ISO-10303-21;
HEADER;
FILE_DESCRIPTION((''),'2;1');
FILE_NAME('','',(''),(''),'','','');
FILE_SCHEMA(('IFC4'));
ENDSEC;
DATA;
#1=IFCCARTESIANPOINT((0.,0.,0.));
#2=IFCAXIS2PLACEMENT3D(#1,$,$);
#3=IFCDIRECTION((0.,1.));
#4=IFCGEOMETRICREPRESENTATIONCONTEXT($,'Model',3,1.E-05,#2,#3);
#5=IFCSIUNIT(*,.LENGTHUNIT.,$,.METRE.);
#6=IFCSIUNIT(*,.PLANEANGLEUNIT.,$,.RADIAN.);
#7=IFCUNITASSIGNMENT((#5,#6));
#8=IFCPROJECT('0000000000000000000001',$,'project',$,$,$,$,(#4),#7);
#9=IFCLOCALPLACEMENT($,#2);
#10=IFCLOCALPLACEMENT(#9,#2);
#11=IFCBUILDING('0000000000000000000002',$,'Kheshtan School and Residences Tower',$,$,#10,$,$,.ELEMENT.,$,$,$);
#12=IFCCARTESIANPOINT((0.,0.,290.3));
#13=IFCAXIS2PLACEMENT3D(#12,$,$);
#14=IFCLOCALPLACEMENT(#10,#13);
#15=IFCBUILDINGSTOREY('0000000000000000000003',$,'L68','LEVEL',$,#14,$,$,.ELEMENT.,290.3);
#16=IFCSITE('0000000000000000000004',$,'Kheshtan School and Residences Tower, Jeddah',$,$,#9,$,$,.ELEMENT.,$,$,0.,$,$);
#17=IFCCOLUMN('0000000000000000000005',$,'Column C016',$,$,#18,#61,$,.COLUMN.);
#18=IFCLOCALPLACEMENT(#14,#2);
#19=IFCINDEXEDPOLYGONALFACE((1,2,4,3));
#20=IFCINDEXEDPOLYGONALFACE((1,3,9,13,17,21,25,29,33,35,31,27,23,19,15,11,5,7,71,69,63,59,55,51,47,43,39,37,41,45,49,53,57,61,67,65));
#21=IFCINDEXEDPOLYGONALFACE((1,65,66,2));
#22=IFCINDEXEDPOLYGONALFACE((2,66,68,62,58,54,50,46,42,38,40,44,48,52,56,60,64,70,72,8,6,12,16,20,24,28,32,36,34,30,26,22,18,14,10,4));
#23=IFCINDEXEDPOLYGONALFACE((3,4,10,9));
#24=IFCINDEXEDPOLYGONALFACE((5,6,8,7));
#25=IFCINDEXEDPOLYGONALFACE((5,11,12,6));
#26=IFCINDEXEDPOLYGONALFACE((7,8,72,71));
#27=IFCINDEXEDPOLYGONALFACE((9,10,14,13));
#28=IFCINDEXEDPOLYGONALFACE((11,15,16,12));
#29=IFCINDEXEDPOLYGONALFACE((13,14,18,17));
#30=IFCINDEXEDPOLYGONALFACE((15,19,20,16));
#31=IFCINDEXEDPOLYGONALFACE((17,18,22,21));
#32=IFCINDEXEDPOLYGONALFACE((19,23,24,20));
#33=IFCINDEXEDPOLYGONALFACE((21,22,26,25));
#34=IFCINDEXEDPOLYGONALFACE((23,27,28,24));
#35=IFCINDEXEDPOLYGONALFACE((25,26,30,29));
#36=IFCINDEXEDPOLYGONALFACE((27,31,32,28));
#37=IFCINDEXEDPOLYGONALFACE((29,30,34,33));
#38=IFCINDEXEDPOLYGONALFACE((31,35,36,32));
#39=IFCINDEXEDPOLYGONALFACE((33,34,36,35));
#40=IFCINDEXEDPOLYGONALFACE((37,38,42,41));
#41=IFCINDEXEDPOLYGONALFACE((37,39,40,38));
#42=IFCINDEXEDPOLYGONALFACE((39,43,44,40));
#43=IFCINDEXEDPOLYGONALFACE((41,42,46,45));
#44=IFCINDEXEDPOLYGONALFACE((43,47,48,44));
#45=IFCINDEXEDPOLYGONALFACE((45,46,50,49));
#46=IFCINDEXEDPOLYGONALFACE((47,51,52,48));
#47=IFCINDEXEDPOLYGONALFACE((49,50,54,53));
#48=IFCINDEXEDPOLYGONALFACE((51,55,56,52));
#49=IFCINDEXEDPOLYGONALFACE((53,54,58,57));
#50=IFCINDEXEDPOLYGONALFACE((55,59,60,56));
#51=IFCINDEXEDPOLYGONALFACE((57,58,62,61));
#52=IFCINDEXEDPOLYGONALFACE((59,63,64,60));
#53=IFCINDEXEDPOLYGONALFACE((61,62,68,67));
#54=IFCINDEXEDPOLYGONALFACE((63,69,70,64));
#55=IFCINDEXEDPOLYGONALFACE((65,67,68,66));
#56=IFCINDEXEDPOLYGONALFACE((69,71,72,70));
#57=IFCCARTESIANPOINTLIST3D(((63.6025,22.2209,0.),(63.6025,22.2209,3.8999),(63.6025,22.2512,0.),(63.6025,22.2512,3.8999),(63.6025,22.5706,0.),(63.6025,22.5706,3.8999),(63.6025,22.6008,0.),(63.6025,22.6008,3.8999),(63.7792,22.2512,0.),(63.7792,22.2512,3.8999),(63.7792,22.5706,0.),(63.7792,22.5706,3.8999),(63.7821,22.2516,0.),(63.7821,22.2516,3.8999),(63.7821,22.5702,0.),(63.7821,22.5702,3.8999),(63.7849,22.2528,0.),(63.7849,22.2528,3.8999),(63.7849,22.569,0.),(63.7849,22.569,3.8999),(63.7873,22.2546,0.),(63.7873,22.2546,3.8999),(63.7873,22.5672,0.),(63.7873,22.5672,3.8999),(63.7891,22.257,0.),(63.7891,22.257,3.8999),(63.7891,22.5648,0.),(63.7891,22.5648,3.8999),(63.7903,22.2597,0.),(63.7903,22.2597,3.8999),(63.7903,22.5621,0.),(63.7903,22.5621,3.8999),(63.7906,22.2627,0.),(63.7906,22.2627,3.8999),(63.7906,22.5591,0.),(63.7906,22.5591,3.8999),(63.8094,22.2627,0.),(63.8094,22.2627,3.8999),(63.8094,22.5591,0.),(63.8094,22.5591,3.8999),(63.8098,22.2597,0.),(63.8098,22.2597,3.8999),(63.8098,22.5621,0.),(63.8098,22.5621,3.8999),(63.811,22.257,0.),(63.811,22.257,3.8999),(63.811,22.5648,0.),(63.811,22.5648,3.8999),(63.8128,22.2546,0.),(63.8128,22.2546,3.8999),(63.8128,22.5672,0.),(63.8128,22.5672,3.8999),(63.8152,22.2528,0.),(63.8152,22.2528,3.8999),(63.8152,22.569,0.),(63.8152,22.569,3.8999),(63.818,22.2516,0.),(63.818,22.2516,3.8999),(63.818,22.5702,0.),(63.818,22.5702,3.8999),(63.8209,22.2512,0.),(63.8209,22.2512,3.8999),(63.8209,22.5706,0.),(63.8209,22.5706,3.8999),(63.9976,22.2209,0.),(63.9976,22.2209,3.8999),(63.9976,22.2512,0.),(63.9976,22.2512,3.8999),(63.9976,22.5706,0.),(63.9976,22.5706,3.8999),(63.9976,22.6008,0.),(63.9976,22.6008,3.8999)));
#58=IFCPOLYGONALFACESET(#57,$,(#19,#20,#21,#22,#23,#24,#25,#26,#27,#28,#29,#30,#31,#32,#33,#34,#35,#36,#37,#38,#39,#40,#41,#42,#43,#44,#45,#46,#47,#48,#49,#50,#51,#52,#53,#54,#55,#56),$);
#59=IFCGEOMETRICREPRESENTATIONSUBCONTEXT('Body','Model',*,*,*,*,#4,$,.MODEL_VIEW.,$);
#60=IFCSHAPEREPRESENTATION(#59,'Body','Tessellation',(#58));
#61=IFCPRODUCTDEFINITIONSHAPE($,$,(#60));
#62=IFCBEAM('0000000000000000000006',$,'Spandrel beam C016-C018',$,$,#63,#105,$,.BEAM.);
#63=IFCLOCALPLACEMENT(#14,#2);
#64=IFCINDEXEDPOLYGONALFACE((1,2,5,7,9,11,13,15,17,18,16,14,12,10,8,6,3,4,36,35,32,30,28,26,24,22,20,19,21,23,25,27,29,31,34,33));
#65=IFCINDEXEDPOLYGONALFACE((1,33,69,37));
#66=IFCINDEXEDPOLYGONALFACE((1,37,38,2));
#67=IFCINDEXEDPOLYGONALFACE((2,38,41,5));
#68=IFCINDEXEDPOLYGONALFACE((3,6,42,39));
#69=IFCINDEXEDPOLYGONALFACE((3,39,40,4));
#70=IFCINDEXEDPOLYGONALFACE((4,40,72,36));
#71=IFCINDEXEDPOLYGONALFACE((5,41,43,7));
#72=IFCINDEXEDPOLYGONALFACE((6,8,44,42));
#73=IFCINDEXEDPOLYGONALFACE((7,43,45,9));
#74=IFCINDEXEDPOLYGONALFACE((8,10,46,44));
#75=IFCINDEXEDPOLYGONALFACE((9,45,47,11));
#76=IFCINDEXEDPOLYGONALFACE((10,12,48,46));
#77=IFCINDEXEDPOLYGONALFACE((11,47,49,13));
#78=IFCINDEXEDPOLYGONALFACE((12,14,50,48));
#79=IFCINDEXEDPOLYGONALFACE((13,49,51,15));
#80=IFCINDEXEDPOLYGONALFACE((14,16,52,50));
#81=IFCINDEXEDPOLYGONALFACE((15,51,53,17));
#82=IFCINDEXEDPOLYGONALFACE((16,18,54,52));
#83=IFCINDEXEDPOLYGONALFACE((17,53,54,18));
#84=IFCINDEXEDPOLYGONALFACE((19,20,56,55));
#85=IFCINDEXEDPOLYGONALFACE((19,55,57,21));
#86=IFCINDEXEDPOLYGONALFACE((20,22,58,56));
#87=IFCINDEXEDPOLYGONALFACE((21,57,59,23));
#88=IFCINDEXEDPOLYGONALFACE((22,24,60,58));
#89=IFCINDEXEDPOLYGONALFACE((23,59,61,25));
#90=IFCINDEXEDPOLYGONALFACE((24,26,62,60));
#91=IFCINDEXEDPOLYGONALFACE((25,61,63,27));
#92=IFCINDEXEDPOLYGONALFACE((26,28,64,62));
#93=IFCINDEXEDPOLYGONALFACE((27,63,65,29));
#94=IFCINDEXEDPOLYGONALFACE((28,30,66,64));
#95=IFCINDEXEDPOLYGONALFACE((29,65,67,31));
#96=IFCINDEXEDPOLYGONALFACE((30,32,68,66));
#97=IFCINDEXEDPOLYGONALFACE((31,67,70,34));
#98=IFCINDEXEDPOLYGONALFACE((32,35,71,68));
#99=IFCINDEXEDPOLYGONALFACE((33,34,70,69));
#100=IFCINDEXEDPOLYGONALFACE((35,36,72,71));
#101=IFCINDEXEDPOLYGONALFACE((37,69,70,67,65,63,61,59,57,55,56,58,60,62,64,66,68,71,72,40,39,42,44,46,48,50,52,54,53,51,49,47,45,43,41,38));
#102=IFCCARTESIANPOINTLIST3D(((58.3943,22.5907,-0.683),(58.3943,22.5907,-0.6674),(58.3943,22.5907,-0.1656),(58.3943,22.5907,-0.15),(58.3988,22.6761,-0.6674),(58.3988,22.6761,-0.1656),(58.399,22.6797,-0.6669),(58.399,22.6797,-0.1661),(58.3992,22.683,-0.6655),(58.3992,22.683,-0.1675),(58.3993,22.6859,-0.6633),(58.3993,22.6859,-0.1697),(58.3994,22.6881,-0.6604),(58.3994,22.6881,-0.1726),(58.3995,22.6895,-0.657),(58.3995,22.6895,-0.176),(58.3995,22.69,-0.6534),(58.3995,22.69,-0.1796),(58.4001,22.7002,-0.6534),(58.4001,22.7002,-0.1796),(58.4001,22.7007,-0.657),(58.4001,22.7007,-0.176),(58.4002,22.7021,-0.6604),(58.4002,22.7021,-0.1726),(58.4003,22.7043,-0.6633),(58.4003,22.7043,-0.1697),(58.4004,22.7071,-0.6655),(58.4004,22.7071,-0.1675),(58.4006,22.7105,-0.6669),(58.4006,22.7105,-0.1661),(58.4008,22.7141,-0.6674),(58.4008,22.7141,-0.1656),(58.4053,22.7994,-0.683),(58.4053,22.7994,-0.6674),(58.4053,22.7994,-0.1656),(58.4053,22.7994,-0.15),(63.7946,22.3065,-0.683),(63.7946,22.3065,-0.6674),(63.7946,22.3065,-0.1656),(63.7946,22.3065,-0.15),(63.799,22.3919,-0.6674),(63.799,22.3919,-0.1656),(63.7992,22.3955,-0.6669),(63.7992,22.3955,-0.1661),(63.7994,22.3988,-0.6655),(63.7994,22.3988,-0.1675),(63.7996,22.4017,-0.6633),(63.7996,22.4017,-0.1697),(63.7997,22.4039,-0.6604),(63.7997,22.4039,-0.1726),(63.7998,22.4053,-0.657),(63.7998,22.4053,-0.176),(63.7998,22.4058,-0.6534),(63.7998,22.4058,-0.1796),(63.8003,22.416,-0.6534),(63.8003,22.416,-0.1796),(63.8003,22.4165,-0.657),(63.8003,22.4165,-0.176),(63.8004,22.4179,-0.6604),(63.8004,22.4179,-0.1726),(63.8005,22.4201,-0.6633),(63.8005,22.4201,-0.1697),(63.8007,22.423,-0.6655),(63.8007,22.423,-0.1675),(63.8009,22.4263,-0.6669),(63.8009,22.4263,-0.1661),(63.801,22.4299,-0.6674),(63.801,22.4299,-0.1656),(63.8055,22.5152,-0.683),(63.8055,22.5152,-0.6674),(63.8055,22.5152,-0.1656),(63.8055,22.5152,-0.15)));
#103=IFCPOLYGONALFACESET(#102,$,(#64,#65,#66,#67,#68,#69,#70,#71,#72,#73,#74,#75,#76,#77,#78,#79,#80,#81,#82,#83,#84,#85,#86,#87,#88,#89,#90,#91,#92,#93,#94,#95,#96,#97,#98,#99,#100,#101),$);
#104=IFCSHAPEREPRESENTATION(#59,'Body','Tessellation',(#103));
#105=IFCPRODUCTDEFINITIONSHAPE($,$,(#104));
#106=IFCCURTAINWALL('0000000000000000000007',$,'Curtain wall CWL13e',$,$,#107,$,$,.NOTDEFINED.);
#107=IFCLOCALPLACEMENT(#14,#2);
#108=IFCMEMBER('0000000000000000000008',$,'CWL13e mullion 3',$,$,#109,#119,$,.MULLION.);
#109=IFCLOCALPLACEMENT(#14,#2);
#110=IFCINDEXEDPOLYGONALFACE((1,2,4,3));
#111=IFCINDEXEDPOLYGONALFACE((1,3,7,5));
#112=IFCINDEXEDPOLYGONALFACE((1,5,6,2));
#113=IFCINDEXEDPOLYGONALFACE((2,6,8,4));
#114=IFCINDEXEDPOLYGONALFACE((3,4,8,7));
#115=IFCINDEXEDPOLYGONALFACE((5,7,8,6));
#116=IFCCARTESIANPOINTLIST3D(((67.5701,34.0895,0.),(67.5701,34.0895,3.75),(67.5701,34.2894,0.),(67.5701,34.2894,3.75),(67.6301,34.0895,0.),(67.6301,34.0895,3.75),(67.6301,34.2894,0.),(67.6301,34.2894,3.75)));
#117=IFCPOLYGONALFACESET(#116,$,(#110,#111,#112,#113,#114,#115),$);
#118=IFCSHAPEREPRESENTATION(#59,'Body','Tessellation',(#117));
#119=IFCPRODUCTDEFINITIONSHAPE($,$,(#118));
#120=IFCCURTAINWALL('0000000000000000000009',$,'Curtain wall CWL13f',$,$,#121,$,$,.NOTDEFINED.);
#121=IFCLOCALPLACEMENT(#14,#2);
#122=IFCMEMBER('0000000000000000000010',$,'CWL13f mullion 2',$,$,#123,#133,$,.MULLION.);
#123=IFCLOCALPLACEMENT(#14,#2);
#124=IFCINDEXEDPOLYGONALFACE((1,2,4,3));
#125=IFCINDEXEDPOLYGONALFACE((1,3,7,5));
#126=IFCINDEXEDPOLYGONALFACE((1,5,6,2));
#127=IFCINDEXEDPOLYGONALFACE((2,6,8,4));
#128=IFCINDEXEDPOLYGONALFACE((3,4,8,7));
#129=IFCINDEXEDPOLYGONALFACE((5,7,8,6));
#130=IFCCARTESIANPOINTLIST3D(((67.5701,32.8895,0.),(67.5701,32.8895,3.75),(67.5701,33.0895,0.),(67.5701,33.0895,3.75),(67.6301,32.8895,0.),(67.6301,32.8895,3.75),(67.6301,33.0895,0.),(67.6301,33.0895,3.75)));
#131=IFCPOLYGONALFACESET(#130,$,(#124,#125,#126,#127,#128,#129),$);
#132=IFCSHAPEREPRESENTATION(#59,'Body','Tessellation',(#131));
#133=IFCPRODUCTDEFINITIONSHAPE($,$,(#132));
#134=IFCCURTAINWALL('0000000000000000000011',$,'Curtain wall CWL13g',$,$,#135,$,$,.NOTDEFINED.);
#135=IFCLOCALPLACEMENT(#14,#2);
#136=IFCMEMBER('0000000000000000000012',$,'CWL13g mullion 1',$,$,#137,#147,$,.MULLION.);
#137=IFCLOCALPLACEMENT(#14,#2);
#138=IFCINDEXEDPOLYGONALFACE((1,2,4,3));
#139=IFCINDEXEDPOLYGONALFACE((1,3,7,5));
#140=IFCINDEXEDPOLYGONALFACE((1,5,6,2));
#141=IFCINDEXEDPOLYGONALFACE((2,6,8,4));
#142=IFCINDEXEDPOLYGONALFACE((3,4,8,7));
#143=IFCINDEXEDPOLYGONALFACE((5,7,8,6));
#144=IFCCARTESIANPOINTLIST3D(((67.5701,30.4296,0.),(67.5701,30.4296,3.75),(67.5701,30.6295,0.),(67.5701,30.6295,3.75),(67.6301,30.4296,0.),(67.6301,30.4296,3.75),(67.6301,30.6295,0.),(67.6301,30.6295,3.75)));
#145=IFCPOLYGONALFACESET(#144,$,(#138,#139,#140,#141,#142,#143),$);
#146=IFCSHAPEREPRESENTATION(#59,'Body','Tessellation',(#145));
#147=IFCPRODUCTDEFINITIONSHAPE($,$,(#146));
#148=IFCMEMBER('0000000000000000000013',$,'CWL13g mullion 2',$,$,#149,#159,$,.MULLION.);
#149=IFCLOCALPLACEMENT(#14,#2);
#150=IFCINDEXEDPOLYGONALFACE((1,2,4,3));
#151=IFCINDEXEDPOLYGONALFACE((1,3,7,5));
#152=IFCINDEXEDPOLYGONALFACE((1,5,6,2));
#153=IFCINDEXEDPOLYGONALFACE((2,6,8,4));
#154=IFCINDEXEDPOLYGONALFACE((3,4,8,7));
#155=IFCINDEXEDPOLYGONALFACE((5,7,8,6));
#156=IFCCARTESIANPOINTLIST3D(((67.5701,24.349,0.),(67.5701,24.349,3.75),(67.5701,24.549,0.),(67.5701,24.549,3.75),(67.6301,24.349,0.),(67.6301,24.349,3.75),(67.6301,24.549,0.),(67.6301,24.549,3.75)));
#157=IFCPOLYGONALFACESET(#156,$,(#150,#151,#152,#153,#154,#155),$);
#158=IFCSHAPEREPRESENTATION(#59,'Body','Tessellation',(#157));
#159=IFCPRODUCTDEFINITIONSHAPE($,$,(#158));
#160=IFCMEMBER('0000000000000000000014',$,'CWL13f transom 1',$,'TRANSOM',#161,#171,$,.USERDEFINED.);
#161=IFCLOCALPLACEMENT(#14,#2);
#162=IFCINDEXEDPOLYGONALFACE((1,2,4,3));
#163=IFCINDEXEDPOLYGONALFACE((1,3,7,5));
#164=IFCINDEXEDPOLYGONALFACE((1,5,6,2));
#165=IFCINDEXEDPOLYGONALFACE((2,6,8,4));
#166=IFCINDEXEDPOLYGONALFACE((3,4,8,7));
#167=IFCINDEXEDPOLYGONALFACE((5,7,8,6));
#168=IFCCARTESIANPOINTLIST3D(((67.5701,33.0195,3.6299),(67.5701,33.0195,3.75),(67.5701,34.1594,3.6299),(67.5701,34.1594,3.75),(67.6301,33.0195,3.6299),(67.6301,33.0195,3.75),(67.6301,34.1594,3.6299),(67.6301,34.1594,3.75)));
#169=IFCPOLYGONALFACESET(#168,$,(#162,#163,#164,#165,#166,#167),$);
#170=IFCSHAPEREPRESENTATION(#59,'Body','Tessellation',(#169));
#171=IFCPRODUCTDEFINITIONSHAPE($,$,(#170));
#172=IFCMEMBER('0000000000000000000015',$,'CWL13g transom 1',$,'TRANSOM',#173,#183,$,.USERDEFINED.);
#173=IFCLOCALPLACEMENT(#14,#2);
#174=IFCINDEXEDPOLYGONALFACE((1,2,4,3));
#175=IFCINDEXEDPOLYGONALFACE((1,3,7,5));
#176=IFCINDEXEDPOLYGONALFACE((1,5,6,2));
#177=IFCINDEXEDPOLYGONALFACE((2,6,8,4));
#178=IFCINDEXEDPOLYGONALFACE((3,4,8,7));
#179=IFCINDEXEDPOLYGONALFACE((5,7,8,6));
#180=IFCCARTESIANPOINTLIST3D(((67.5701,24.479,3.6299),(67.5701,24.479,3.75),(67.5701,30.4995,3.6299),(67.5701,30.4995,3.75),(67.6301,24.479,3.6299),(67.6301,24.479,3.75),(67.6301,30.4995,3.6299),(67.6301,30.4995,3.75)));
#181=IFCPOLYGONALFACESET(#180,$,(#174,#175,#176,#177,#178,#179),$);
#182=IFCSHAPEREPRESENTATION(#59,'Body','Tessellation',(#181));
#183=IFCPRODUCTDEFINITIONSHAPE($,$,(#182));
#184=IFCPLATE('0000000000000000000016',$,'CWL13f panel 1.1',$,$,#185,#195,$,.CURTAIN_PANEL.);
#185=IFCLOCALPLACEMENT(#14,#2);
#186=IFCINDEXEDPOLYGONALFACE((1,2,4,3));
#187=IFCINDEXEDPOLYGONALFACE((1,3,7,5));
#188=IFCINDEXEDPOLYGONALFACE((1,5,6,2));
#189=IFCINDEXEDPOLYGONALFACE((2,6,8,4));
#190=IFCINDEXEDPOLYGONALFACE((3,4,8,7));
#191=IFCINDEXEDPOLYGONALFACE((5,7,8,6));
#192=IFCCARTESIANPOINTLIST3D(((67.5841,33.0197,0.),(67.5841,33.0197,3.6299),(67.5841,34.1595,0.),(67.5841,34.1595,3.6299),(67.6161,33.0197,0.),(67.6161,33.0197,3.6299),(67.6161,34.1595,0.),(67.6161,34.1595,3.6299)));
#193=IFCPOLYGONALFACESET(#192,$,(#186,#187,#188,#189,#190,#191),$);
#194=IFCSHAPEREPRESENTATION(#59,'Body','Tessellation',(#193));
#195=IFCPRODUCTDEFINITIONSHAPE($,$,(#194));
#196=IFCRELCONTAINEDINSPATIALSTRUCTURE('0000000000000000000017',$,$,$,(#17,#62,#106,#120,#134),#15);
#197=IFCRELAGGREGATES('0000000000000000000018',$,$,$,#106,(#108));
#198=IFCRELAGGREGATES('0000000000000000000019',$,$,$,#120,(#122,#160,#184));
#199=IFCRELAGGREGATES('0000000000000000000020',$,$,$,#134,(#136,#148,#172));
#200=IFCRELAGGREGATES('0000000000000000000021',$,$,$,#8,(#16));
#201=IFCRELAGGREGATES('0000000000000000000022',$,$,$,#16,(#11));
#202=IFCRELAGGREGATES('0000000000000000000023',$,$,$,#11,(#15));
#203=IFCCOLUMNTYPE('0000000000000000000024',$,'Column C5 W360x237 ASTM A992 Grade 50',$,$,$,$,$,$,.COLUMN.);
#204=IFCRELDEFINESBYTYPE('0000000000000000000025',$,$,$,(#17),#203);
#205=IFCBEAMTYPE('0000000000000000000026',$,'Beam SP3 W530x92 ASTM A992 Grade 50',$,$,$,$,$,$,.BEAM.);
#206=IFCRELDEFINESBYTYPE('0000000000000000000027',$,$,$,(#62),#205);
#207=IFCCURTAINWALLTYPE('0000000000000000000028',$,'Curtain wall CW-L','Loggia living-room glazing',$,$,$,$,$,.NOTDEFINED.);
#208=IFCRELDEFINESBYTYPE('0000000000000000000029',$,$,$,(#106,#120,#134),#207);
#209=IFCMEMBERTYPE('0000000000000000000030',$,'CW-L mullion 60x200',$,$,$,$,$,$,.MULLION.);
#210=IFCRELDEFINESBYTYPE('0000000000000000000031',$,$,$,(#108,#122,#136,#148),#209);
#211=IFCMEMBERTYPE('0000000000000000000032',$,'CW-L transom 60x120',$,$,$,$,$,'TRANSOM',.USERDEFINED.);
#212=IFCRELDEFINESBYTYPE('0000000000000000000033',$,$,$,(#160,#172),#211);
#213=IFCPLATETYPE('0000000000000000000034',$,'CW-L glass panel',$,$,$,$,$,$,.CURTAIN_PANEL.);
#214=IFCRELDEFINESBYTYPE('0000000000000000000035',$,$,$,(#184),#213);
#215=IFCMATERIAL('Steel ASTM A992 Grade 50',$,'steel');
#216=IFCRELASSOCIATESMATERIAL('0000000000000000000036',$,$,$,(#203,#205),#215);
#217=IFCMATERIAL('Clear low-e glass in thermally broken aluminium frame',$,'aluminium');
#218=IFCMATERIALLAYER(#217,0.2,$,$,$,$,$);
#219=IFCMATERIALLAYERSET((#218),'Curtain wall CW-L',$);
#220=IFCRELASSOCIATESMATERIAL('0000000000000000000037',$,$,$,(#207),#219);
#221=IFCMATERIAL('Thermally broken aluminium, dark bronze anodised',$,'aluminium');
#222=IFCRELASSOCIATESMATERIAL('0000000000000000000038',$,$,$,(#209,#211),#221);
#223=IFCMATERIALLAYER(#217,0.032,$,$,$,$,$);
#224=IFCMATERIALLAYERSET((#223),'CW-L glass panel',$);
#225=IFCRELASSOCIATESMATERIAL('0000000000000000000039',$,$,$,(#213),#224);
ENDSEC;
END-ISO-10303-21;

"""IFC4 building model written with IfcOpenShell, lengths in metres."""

from ifc_helpers import new_model, si_unit, direction, frame, origin, origin_2d, place, context, subcontext, project, spatial, rectangle, i_section, extrude, material, layer, layer_set, material_profile, profile_set, type_object, element, aggregate, save


model = new_model("IFC4")

# Units and contexts
model_context = context("Model", 3, precision=1e-05, world=origin(), true_north=direction((0.0, 1.0)))
body_context = subcontext(model_context, "Body", "Model", "MODEL_VIEW")
ifc_project = project(units=[si_unit("LENGTHUNIT", "METRE"), si_unit("PLANEANGLEUNIT", "RADIAN")], contexts=[model_context])

# Site, building, storey
site_placement = place(None, origin())
site = spatial("IfcSite", under=ifc_project, at=site_placement, Name="Kheshtan School and Residences Tower, Jeddah", CompositionType="ELEMENT", RefElevation=0.0)
building_placement = place(site_placement, origin())
building = spatial("IfcBuilding", under=site, at=building_placement, Name="Kheshtan School and Residences Tower", CompositionType="ELEMENT")
storey_placement = place(building_placement, frame((0.0, 0.0, 290.3)))
storey = spatial("IfcBuildingStorey", under=building, at=storey_placement, Name="L68", Description="LEVEL", CompositionType="ELEMENT", Elevation=290.3)

# Column
ifc_material_1 = material(Name="Steel ASTM A992 Grade 50", Category="steel")
ifc_material_profile_1 = material_profile(ifc_material_1, i_section(OverallWidth=0.395, OverallDepth=0.3799, WebThickness=0.0188, FlangeThickness=0.0303, FilletRadius=0.0115, at=origin_2d()), Name="W360x237")
ifc_profile_set_1 = profile_set([ifc_material_profile_1], Name="Steel ASTM A992 Grade 50")
column_type = type_object("IfcColumnType", Name="Column C5 W360x237 ASTM A992 Grade 50", PredefinedType="COLUMN", material=ifc_profile_set_1)
column_placement = place(storey_placement, frame((63.8, 22.4109, 0.0), z_axis=(0.0, 0.0, 1.0), x_axis=(1.0, 0.0, 0.0)))
element("IfcColumn", 1, at=column_placement, inside=storey, type_object=column_type, Name="Column C016", PredefinedType="COLUMN", context=body_context, shape_type="SweptSolid", body=[
    extrude(i_section(OverallWidth=0.395, OverallDepth=0.3799, WebThickness=0.0188, FlangeThickness=0.0303, FilletRadius=0.0115, at=origin_2d()), origin(), (0.0, 0.0, 1.0), 3.8999),
])

# Beam
ifc_material_profile_2 = material_profile(ifc_material_1, i_section(OverallWidth=0.209, OverallDepth=0.533, WebThickness=0.0103, FlangeThickness=0.0156, FilletRadius=0.0139, at=origin_2d()), Name="W530x92")
ifc_profile_set_2 = profile_set([ifc_material_profile_2], Name="Steel ASTM A992 Grade 50")
beam_type = type_object("IfcBeamType", Name="Beam SP3 W530x92 ASTM A992 Grade 50", PredefinedType="BEAM", material=ifc_profile_set_2)
beam_placement = place(storey_placement, frame((63.8, 22.4109, -0.4165), z_axis=(-0.998618, 0.052552, 0.0), x_axis=(-0.052552, -0.998618, 0.0)))
element("IfcBeam", 2, at=beam_placement, inside=storey, type_object=beam_type, Name="Spandrel beam C016-C018", PredefinedType="BEAM", context=body_context, shape_type="SweptSolid", body=[
    extrude(i_section(OverallWidth=0.209, OverallDepth=0.533, WebThickness=0.0103, FlangeThickness=0.0156, FilletRadius=0.0139, at=origin_2d()), origin(), (0.0, 0.0, 1.0), 5.4077),
])

# Curtain walls, members
ifc_material_2 = material(Name="Clear low-e glass in thermally broken aluminium frame", Category="aluminium")
ifc_layer_1 = layer(ifc_material_2, 0.2)
ifc_layer_set_1 = layer_set([ifc_layer_1], Name="Curtain wall CW-L")
curtain_wall_type = type_object("IfcCurtainWallType", Name="Curtain wall CW-L", Description="Loggia living-room glazing", PredefinedType="NOTDEFINED", material=ifc_layer_set_1)
curtain_wall_1_placement = place(storey_placement, origin())
curtain_wall_1 = element("IfcCurtainWall", 3, at=curtain_wall_1_placement, inside=storey, type_object=curtain_wall_type, Name="Curtain wall CWL13e", PredefinedType="NOTDEFINED")
ifc_material_3 = material(Name="Thermally broken aluminium, dark bronze anodised", Category="aluminium")
ifc_material_profile_3 = material_profile(ifc_material_3, rectangle(XDim=0.0601, YDim=0.2, at=origin_2d()), Name="CW-L mullion 60x200")
ifc_profile_set_3 = profile_set([ifc_material_profile_3], Name="Thermally broken aluminium, dark bronze anodised")
member_type_1 = type_object("IfcMemberType", Name="CW-L mullion 60x200", PredefinedType="MULLION", material=ifc_profile_set_3)
member_1_placement = place(storey_placement, frame((67.6001, 34.1895, 0.0), z_axis=(0.0, 0.0, 1.0), x_axis=(1.0, 0.0, 0.0)))
member_1 = element("IfcMember", 4, at=member_1_placement, type_object=member_type_1, Name="CWL13e mullion 3", PredefinedType="MULLION", context=body_context, shape_type="SweptSolid", body=[
    extrude(rectangle(XDim=0.0601, YDim=0.2, at=origin_2d()), origin(), (0.0, 0.0, 1.0), 3.75),
])
aggregate(curtain_wall_1, [member_1])
curtain_wall_2_placement = place(storey_placement, origin())
curtain_wall_2 = element("IfcCurtainWall", 5, at=curtain_wall_2_placement, inside=storey, type_object=curtain_wall_type, Name="Curtain wall CWL13f", PredefinedType="NOTDEFINED")
member_2_placement = place(storey_placement, frame((67.6001, 32.9895, 0.0), z_axis=(0.0, 0.0, 1.0), x_axis=(1.0, 0.0, 0.0)))
member_2 = element("IfcMember", 6, at=member_2_placement, type_object=member_type_1, Name="CWL13f mullion 2", PredefinedType="MULLION", context=body_context, shape_type="SweptSolid", body=[
    extrude(rectangle(XDim=0.0601, YDim=0.2, at=origin_2d()), origin(), (0.0, 0.0, 1.0), 3.75),
])

# Curtain wall, members
curtain_wall_3_placement = place(storey_placement, origin())
curtain_wall_3 = element("IfcCurtainWall", 7, at=curtain_wall_3_placement, inside=storey, type_object=curtain_wall_type, Name="Curtain wall CWL13g", PredefinedType="NOTDEFINED")
member_3_placement = place(storey_placement, frame((67.6001, 30.5295, 0.0), z_axis=(0.0, 0.0, 1.0), x_axis=(1.0, 0.0, 0.0)))
member_3 = element("IfcMember", 8, at=member_3_placement, type_object=member_type_1, Name="CWL13g mullion 1", PredefinedType="MULLION", context=body_context, shape_type="SweptSolid", body=[
    extrude(rectangle(XDim=0.0601, YDim=0.2, at=origin_2d()), origin(), (0.0, 0.0, 1.0), 3.75),
])
member_4_placement = place(storey_placement, frame((67.6001, 24.449, 0.0), z_axis=(0.0, 0.0, 1.0), x_axis=(1.0, 0.0, 0.0)))
member_4 = element("IfcMember", 9, at=member_4_placement, type_object=member_type_1, Name="CWL13g mullion 2", PredefinedType="MULLION", context=body_context, shape_type="SweptSolid", body=[
    extrude(rectangle(XDim=0.0601, YDim=0.2, at=origin_2d()), origin(), (0.0, 0.0, 1.0), 3.75),
])

# Members
ifc_material_profile_4 = material_profile(ifc_material_3, rectangle(XDim=0.0601, YDim=0.1201, at=origin_2d()), Name="CW-L transom 60x120")
ifc_profile_set_4 = profile_set([ifc_material_profile_4], Name="Thermally broken aluminium, dark bronze anodised")
member_type_2 = type_object("IfcMemberType", Name="CW-L transom 60x120", ElementType="TRANSOM", PredefinedType="USERDEFINED", material=ifc_profile_set_4)
member_5_placement = place(storey_placement, frame((67.6001, 34.1594, 3.6899), z_axis=(0.0, -1.0, 0.0), x_axis=(1.0, 0.0, 0.0)))
member_5 = element("IfcMember", 10, at=member_5_placement, type_object=member_type_2, Name="CWL13f transom 1", ObjectType="TRANSOM", PredefinedType="USERDEFINED", context=body_context, shape_type="SweptSolid", body=[
    extrude(rectangle(XDim=0.0601, YDim=0.1201, at=origin_2d()), origin(), (0.0, 0.0, 1.0), 1.1399),
])
member_6_placement = place(storey_placement, frame((67.6001, 30.4995, 3.6899), z_axis=(0.0, -1.0, 0.0), x_axis=(1.0, 0.0, 0.0)))
member_6 = element("IfcMember", 11, at=member_6_placement, type_object=member_type_2, Name="CWL13g transom 1", ObjectType="TRANSOM", PredefinedType="USERDEFINED", context=body_context, shape_type="SweptSolid", body=[
    extrude(rectangle(XDim=0.0601, YDim=0.1201, at=origin_2d()), origin(), (0.0, 0.0, 1.0), 6.0205),
])

# Plate
ifc_layer_2 = layer(ifc_material_2, 0.032)
ifc_layer_set_2 = layer_set([ifc_layer_2], Name="CW-L glass panel")
plate_type = type_object("IfcPlateType", Name="CW-L glass panel", PredefinedType="CURTAIN_PANEL", material=ifc_layer_set_2)
plate_1_placement = place(storey_placement, frame((67.6001, 33.5896, 0.0), z_axis=(0.0, 0.0, 1.0), x_axis=(0.0, -1.0, 0.0)))
plate_1 = element("IfcPlate", 12, at=plate_1_placement, type_object=plate_type, Name="CWL13f panel 1.1", PredefinedType="CURTAIN_PANEL", context=body_context, shape_type="SweptSolid", body=[
    extrude(rectangle(XDim=1.1399, YDim=0.032, at=origin_2d()), origin(), (0.0, 0.0, 1.0), 3.6299),
])
aggregate(curtain_wall_2, [member_2, member_5, plate_1])
aggregate(curtain_wall_3, [member_3, member_4, member_6])

save(model, "model.ifc")
